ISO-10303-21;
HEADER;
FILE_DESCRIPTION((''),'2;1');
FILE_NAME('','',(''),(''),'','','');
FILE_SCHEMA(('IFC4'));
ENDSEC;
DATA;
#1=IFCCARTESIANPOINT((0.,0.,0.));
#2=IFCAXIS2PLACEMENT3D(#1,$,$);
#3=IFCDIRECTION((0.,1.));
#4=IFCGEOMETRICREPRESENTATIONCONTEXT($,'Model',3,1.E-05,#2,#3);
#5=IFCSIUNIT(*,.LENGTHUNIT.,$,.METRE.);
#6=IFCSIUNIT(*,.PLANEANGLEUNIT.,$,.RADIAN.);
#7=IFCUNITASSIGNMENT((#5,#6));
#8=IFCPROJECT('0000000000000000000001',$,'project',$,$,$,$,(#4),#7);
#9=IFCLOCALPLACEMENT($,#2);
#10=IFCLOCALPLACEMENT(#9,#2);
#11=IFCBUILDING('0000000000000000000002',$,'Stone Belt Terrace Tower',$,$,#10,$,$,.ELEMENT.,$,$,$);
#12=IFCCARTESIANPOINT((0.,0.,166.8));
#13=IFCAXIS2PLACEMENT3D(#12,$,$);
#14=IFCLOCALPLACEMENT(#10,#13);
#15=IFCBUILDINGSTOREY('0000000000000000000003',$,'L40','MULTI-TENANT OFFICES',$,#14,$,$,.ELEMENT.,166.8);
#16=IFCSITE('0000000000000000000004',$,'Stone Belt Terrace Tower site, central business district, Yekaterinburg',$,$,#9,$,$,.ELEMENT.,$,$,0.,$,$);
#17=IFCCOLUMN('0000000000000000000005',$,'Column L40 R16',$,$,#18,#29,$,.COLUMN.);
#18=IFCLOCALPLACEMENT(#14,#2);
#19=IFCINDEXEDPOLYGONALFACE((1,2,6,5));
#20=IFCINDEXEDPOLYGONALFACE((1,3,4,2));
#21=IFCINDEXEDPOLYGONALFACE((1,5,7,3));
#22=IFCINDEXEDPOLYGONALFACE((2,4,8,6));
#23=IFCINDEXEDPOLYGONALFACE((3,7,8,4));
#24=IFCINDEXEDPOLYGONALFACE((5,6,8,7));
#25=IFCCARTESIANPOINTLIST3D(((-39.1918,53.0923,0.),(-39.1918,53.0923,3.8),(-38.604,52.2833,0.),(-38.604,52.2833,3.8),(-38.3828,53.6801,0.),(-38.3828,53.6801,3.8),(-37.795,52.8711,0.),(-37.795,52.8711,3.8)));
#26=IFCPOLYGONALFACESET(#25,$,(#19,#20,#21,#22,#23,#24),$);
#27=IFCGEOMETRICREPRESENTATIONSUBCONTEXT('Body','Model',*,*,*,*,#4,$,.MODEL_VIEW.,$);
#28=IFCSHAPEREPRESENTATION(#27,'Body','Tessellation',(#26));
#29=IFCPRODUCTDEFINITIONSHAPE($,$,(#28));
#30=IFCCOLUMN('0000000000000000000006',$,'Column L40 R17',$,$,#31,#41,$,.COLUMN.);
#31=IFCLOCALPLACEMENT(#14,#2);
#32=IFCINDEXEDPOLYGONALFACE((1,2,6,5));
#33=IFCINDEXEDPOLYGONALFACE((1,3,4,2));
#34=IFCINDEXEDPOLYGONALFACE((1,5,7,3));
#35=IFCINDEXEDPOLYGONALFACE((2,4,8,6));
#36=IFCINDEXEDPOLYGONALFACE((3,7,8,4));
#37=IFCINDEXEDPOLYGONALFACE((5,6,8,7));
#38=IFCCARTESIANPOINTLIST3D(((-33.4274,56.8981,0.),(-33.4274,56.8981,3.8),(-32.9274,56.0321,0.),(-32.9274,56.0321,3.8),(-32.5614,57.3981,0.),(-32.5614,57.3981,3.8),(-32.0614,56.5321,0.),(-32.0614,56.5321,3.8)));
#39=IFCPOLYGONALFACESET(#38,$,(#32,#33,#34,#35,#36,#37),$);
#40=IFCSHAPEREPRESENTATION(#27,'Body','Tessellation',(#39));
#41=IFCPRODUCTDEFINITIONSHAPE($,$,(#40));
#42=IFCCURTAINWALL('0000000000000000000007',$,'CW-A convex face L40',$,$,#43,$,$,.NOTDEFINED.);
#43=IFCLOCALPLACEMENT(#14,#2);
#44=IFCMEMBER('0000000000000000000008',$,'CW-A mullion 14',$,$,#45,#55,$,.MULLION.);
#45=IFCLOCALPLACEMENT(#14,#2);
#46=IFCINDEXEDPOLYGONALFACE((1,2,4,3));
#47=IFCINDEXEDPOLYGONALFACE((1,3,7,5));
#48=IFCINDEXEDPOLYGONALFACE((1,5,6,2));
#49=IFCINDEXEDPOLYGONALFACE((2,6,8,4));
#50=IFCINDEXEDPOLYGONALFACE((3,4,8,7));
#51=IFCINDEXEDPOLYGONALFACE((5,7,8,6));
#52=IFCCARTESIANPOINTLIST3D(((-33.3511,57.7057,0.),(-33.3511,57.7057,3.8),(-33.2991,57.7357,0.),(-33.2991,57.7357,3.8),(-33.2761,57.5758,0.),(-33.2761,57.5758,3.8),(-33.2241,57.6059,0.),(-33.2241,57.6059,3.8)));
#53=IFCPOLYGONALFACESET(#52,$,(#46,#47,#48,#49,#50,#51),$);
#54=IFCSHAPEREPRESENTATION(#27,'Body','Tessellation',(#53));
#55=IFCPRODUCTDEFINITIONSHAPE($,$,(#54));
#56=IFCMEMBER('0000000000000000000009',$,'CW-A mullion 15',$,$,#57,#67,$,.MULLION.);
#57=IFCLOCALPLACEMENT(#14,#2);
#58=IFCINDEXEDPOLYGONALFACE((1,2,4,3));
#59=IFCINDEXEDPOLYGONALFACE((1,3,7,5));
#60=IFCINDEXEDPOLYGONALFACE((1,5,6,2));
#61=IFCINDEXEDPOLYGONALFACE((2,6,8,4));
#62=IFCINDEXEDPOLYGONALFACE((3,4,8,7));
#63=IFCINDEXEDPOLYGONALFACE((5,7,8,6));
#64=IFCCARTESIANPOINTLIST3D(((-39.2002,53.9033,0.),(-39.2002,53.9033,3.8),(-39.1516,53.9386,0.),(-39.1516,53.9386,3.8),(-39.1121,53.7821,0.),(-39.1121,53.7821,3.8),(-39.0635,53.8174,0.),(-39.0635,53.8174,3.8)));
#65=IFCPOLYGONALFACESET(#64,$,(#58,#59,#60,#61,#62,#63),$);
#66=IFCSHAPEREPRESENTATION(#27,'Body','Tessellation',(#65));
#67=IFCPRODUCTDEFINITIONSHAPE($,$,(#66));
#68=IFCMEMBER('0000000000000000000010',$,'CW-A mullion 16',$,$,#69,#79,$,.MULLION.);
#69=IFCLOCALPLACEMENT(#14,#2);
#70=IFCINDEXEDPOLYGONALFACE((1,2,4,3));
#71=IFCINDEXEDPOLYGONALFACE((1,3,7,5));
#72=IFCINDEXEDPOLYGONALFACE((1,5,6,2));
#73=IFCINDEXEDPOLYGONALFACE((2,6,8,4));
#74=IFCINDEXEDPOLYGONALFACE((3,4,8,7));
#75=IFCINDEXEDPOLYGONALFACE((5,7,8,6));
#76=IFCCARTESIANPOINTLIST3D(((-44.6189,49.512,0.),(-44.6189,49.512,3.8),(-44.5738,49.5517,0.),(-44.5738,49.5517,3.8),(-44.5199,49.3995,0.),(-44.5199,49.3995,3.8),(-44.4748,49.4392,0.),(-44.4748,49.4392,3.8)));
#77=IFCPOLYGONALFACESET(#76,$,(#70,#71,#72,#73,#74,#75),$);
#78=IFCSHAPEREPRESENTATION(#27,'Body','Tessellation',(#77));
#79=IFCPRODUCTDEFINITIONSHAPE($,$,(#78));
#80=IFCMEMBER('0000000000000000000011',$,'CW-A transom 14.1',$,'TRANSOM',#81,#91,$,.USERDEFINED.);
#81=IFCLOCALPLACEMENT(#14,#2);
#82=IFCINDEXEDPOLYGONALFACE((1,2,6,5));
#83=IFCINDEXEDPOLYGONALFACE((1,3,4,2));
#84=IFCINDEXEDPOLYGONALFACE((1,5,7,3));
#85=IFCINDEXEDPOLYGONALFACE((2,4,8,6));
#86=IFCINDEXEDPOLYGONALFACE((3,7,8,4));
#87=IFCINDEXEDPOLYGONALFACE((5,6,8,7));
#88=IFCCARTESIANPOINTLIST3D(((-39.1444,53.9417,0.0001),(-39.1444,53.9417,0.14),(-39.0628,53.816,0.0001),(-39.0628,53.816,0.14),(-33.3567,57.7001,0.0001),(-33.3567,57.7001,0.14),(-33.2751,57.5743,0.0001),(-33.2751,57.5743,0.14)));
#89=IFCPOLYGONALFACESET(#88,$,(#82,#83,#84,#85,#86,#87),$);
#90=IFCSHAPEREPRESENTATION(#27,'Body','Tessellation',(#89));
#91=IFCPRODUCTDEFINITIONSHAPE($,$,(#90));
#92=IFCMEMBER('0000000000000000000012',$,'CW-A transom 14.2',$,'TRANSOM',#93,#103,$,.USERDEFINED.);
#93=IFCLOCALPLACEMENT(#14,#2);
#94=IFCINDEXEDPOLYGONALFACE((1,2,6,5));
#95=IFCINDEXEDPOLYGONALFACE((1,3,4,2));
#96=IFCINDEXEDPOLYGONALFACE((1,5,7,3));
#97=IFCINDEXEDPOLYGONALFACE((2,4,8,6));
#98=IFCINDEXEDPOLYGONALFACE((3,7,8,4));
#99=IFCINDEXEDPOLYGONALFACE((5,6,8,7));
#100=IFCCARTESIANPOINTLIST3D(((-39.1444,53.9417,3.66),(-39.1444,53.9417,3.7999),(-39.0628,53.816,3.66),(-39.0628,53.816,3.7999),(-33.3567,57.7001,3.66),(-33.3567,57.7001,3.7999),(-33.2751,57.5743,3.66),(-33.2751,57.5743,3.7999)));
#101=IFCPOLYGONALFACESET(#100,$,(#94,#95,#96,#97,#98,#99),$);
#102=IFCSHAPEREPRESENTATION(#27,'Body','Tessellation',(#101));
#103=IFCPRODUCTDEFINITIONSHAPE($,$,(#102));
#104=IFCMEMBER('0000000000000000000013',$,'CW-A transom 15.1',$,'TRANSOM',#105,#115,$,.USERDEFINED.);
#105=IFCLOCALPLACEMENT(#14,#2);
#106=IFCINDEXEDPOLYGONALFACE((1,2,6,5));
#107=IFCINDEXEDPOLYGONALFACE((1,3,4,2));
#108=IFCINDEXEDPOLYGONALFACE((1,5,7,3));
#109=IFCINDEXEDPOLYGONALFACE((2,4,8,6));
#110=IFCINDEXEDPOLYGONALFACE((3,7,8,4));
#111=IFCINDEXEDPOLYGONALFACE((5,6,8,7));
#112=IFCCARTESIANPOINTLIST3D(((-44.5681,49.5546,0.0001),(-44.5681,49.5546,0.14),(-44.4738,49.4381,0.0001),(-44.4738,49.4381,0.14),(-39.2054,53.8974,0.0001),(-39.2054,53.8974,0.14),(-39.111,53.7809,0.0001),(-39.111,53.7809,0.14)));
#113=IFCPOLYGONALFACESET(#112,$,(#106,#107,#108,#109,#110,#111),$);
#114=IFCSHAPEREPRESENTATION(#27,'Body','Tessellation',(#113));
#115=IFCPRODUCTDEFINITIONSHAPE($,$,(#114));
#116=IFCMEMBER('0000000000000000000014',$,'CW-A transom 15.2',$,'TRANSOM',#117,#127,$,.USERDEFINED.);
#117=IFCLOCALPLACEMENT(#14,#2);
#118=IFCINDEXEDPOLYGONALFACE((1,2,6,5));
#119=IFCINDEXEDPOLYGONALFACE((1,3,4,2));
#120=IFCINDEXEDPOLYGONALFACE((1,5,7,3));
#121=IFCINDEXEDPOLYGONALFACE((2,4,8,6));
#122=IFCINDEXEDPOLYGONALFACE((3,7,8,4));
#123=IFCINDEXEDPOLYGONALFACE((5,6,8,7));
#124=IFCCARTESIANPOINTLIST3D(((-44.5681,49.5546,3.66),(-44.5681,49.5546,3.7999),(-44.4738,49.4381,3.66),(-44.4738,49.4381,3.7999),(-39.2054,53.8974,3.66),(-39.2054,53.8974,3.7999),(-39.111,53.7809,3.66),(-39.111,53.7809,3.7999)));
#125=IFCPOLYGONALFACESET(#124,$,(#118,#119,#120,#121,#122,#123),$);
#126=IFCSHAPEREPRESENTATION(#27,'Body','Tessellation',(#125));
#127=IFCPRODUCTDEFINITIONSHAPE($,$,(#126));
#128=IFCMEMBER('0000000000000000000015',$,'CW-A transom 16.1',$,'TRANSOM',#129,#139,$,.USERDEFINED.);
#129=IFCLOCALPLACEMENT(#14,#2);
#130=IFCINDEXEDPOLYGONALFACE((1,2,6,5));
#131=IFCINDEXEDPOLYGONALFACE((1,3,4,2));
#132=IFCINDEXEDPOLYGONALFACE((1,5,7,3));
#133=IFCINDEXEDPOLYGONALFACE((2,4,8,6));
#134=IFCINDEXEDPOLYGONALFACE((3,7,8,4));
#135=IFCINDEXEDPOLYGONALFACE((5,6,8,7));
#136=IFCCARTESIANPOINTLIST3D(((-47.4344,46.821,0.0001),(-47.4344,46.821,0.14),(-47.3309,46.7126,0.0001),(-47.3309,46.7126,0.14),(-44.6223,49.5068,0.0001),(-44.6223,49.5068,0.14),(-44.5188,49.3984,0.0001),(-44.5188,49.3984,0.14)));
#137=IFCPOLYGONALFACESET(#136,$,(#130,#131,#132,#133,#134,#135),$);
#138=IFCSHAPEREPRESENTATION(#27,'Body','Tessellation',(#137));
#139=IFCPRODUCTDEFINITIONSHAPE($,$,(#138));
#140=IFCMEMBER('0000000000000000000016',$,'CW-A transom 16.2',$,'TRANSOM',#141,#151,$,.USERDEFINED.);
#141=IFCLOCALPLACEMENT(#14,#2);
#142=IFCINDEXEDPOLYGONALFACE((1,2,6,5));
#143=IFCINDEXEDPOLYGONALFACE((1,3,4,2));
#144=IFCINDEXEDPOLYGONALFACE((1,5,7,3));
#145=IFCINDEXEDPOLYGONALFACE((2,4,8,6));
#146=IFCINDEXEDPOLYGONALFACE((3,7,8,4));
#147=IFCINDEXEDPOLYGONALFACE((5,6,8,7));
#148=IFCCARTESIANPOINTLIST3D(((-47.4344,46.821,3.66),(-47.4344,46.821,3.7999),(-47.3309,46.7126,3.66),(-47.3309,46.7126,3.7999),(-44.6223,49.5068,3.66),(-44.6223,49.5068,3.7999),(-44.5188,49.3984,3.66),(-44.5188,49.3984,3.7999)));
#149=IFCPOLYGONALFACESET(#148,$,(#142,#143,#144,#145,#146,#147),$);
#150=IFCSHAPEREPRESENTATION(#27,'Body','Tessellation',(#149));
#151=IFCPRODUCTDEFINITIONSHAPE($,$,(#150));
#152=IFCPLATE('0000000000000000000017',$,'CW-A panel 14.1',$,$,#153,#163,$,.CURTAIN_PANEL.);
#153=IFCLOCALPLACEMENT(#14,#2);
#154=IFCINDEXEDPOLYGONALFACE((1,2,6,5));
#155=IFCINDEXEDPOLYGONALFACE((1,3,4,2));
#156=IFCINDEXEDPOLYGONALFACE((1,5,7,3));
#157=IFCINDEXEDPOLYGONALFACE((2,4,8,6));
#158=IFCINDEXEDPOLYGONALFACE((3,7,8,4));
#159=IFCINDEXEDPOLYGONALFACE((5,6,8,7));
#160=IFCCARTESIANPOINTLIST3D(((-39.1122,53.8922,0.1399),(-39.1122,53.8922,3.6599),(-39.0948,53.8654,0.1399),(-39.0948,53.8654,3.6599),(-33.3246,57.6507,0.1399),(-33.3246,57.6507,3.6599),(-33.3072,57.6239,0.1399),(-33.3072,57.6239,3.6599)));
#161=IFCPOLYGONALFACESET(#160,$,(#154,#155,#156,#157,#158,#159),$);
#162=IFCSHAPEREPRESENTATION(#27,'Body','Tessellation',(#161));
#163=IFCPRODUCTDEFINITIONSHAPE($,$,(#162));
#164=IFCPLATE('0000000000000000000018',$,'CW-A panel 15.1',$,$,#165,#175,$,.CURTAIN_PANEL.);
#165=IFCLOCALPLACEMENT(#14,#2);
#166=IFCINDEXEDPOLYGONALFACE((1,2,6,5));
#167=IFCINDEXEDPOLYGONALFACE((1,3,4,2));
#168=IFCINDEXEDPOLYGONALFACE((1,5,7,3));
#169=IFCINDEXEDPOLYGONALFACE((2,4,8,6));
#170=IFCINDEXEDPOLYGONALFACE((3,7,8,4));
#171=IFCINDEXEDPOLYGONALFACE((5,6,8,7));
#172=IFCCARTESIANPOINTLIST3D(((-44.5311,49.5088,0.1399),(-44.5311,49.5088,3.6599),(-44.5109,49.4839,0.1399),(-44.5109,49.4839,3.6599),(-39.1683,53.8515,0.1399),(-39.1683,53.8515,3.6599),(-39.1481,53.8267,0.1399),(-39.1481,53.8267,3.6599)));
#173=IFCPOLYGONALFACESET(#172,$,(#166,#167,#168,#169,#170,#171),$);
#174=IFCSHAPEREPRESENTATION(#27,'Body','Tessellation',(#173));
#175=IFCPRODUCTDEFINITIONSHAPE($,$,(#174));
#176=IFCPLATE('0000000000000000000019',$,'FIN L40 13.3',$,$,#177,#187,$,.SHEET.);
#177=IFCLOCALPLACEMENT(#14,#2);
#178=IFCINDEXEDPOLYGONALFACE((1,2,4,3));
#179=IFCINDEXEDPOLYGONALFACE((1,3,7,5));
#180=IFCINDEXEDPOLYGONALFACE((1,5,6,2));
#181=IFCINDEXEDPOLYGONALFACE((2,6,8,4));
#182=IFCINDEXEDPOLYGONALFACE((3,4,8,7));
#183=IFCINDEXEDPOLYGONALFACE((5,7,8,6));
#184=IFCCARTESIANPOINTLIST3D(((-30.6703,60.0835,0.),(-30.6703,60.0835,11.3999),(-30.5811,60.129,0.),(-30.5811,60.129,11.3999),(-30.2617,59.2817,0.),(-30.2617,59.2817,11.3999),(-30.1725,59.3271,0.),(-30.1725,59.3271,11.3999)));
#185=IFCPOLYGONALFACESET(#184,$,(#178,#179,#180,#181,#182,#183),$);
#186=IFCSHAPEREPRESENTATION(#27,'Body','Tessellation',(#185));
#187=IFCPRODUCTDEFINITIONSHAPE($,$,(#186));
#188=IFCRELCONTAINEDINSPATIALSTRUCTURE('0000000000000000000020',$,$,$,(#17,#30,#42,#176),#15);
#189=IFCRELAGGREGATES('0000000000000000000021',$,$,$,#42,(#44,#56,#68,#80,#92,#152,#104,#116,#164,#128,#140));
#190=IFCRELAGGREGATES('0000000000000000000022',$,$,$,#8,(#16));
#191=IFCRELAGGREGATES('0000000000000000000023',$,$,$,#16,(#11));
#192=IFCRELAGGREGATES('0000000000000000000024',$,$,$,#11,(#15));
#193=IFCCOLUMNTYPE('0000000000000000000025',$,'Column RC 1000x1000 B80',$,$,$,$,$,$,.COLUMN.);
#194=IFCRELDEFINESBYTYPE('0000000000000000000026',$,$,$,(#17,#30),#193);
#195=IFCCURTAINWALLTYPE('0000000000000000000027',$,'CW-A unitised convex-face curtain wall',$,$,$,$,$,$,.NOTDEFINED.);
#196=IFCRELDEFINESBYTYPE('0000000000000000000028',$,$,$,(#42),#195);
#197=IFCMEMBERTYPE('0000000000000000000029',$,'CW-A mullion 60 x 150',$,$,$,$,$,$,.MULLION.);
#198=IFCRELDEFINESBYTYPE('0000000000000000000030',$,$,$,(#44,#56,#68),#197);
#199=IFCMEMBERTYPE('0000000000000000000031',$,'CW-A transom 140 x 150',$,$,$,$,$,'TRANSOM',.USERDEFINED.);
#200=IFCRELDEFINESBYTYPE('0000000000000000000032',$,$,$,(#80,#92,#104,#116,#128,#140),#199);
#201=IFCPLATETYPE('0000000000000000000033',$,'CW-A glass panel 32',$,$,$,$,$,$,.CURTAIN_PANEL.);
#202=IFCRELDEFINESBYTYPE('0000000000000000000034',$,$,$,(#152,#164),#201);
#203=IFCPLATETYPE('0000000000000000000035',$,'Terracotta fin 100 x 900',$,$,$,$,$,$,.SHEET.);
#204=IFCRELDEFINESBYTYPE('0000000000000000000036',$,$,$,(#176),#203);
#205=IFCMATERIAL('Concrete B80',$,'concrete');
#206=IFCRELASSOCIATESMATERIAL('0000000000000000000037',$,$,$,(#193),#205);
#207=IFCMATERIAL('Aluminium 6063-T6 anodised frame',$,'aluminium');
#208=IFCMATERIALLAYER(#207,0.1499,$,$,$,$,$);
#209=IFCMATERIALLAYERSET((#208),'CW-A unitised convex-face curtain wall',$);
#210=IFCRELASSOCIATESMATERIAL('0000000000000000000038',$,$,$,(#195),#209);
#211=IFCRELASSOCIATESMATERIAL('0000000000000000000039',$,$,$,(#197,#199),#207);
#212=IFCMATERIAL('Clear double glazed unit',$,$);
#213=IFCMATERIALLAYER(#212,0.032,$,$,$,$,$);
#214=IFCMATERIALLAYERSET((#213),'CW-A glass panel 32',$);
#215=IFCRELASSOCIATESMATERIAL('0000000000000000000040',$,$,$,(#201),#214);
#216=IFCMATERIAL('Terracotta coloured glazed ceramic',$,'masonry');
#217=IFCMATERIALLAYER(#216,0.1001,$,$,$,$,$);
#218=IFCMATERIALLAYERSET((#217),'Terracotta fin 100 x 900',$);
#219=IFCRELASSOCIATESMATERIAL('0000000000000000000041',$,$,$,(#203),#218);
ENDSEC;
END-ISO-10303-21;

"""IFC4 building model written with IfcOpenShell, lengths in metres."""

from ifc_helpers import new_model, si_unit, direction, frame, origin, origin_2d, place, context, subcontext, project, spatial, rectangle, extrude, material, layer, layer_set, material_profile, profile_set, type_object, element, aggregate, save


model = new_model("IFC4")

# Units and contexts
model_context = context("Model", 3, precision=1e-05, world=origin(), true_north=direction((0.0, 1.0)))
body_context = subcontext(model_context, "Body", "Model", "MODEL_VIEW")
ifc_project = project(units=[si_unit("LENGTHUNIT", "METRE"), si_unit("PLANEANGLEUNIT", "RADIAN")], contexts=[model_context])

# Site, building, storey
site_placement = place(None, origin())
site = spatial("IfcSite", under=ifc_project, at=site_placement, Name="Stone Belt Terrace Tower site, central business district, Yekaterinburg", CompositionType="ELEMENT", RefElevation=0.0)
building_placement = place(site_placement, origin())
building = spatial("IfcBuilding", under=site, at=building_placement, Name="Stone Belt Terrace Tower", CompositionType="ELEMENT")
storey_placement = place(building_placement, frame((0.0, 0.0, 166.8)))
storey = spatial("IfcBuildingStorey", under=building, at=storey_placement, Name="L40", Description="MULTI-TENANT OFFICES", CompositionType="ELEMENT", Elevation=166.8)

# Columns
ifc_material_1 = material(Name="Concrete B80", Category="concrete")
ifc_material_profile_1 = material_profile(ifc_material_1, rectangle(XDim=1.0, YDim=1.0, at=origin_2d()), Name="RC 1000x1000")
ifc_profile_set_1 = profile_set([ifc_material_profile_1], Name="Concrete B80")
column_type = type_object("IfcColumnType", Name="Column RC 1000x1000 B80", PredefinedType="COLUMN", material=ifc_profile_set_1)
for number, where, z_axis, x_axis, name in (
    (1, (-38.4934, 52.9817, 0.0), (0.0, 0.0, 1.0), (0.809017, 0.587785, 0.0), "Column L40 R16"),
    (2, (-32.7444, 56.7151, 0.0), (0.0, 0.0, 1.0), (0.866025, 0.5, 0.0), "Column L40 R17"),
):
    element("IfcColumn", number, at=place(storey_placement, frame(where, z_axis=z_axis, x_axis=x_axis)), inside=storey, type_object=column_type, Name=name, PredefinedType="COLUMN", context=body_context, shape_type="SweptSolid", body=[
        extrude(rectangle(XDim=1.0, YDim=1.0, at=origin_2d()), origin(), (0.0, 0.0, 1.0), 3.8),
    ])

# Curtain wall, members, plates
ifc_material_2 = material(Name="Aluminium 6063-T6 anodised frame", Category="aluminium")
ifc_layer_1 = layer(ifc_material_2, 0.1499)
ifc_layer_set_1 = layer_set([ifc_layer_1], Name="CW-A unitised convex-face curtain wall")
curtain_wall_type = type_object("IfcCurtainWallType", Name="CW-A unitised convex-face curtain wall", PredefinedType="NOTDEFINED", material=ifc_layer_set_1)
curtain_wall_placement = place(storey_placement, origin())
curtain_wall = element("IfcCurtainWall", 3, at=curtain_wall_placement, inside=storey, type_object=curtain_wall_type, Name="CW-A convex face L40", PredefinedType="NOTDEFINED")
ifc_material_profile_2 = material_profile(ifc_material_2, rectangle(XDim=0.1499, YDim=0.0601, at=origin_2d()), Name="Aluminium 6063-T6 60x150")
ifc_profile_set_2 = profile_set([ifc_material_profile_2], Name="Aluminium 6063-T6 anodised frame")
member_type_1 = type_object("IfcMemberType", Name="CW-A mullion 60 x 150", PredefinedType="MULLION", material=ifc_profile_set_2)
member_1_placement = place(storey_placement, frame((-33.2876, 57.6558, 0.0), z_axis=(0.0, 0.0, 1.0), x_axis=(0.5, -0.866025, 0.0)))
member_1 = element("IfcMember", 4, at=member_1_placement, type_object=member_type_1, Name="CW-A mullion 14", PredefinedType="MULLION", context=body_context, shape_type="SweptSolid", body=[
    extrude(rectangle(XDim=0.1499, YDim=0.0601, at=origin_2d()), origin(), (0.0, 0.0, 1.0), 3.8),
])
member_2_placement = place(storey_placement, frame((-39.1318, 53.8604, 0.0), z_axis=(0.0, 0.0, 1.0), x_axis=(0.587785, -0.809017, 0.0)))
member_2 = element("IfcMember", 5, at=member_2_placement, type_object=member_type_1, Name="CW-A mullion 15", PredefinedType="MULLION", context=body_context, shape_type="SweptSolid", body=[
    extrude(rectangle(XDim=0.1499, YDim=0.0601, at=origin_2d()), origin(), (0.0, 0.0, 1.0), 3.8),
])
member_3_placement = place(storey_placement, frame((-44.5469, 49.4756, 0.0), z_axis=(0.0, 0.0, 1.0), x_axis=(0.660573, -0.750761, 0.0)))
member_3 = element("IfcMember", 6, at=member_3_placement, type_object=member_type_1, Name="CW-A mullion 16", PredefinedType="MULLION", context=body_context, shape_type="SweptSolid", body=[
    extrude(rectangle(XDim=0.1499, YDim=0.0601, at=origin_2d()), origin(), (0.0, 0.0, 1.0), 3.8),
])
ifc_material_profile_3 = material_profile(ifc_material_2, rectangle(XDim=0.1499, YDim=0.1399, at=origin_2d()), Name="Aluminium 6063-T6 150x140")
ifc_profile_set_3 = profile_set([ifc_material_profile_3], Name="Aluminium 6063-T6 anodised frame")
member_type_2 = type_object("IfcMemberType", Name="CW-A transom 140 x 150", ElementType="TRANSOM", PredefinedType="USERDEFINED", material=ifc_profile_set_3)
member_4_placement = place(storey_placement, frame((-33.3159, 57.6372, 0.0701), z_axis=(-0.838684, -0.544618, 0.0), x_axis=(0.544618, -0.838684, 0.0)))
member_4 = element("IfcMember", 7, at=member_4_placement, type_object=member_type_2, Name="CW-A transom 14.1", ObjectType="TRANSOM", PredefinedType="USERDEFINED", context=body_context, shape_type="SweptSolid", body=[
    extrude(rectangle(XDim=0.1499, YDim=0.1399, at=origin_2d()), origin(), (0.0, 0.0, 1.0), 6.9009),
])
member_5_placement = place(storey_placement, frame((-33.3159, 57.6372, 3.73), z_axis=(-0.838684, -0.544618, 0.0), x_axis=(0.544618, -0.838684, 0.0)))
member_5 = element("IfcMember", 8, at=member_5_placement, type_object=member_type_2, Name="CW-A transom 14.2", ObjectType="TRANSOM", PredefinedType="USERDEFINED", context=body_context, shape_type="SweptSolid", body=[
    extrude(rectangle(XDim=0.1499, YDim=0.1399, at=origin_2d()), origin(), (0.0, 0.0, 1.0), 6.9009),
])
member_6_placement = place(storey_placement, frame((-39.1582, 53.8391, 0.0701), z_axis=(-0.777141, -0.629326, 0.0), x_axis=(0.629326, -0.777141, 0.0)))
member_6 = element("IfcMember", 9, at=member_6_placement, type_object=member_type_2, Name="CW-A transom 15.1", ObjectType="TRANSOM", PredefinedType="USERDEFINED", context=body_context, shape_type="SweptSolid", body=[
    extrude(rectangle(XDim=0.1499, YDim=0.1399, at=origin_2d()), origin(), (0.0, 0.0, 1.0), 6.9006),
])
member_7_placement = place(storey_placement, frame((-39.1582, 53.8391, 3.73), z_axis=(-0.777141, -0.629326, 0.0), x_axis=(0.629326, -0.777141, 0.0)))
member_7 = element("IfcMember", 10, at=member_7_placement, type_object=member_type_2, Name="CW-A transom 15.2", ObjectType="TRANSOM", PredefinedType="USERDEFINED", context=body_context, shape_type="SweptSolid", body=[
    extrude(rectangle(XDim=0.1499, YDim=0.1399, at=origin_2d()), origin(), (0.0, 0.0, 1.0), 6.9006),
])
member_8_placement = place(storey_placement, frame((-44.5706, 49.4526, 0.0701), z_axis=(-0.72315, -0.690691, 0.0), x_axis=(0.690691, -0.72315, 0.0)))
member_8 = element("IfcMember", 11, at=member_8_placement, type_object=member_type_2, Name="CW-A transom 16.1", ObjectType="TRANSOM", PredefinedType="USERDEFINED", context=body_context, shape_type="SweptSolid", body=[
    extrude(rectangle(XDim=0.1499, YDim=0.1399, at=origin_2d()), origin(), (0.0, 0.0, 1.0), 3.8887),
])
member_9_placement = place(storey_placement, frame((-44.5706, 49.4526, 3.73), z_axis=(-0.72315, -0.690691, 0.0), x_axis=(0.690691, -0.72315, 0.0)))
member_9 = element("IfcMember", 12, at=member_9_placement, type_object=member_type_2, Name="CW-A transom 16.2", ObjectType="TRANSOM", PredefinedType="USERDEFINED", context=body_context, shape_type="SweptSolid", body=[
    extrude(rectangle(XDim=0.1499, YDim=0.1399, at=origin_2d()), origin(), (0.0, 0.0, 1.0), 3.8887),
])
ifc_material_3 = material(Name="Clear double glazed unit")
ifc_layer_2 = layer(ifc_material_3, 0.032)
ifc_layer_set_2 = layer_set([ifc_layer_2], Name="CW-A glass panel 32")
plate_type_1 = type_object("IfcPlateType", Name="CW-A glass panel 32", PredefinedType="CURTAIN_PANEL", material=ifc_layer_set_2)
plate_1_placement = place(storey_placement, frame((-36.2097, 55.7581, 0.1399), z_axis=(0.0, 0.0, 1.0), x_axis=(-0.838671, -0.544639, 0.0)))
plate_1 = element("IfcPlate", 13, at=plate_1_placement, type_object=plate_type_1, Name="CW-A panel 14.1", PredefinedType="CURTAIN_PANEL", context=body_context, shape_type="SweptSolid", body=[
    extrude(rectangle(XDim=6.9009, YDim=0.032, at=origin_2d()), origin(), (0.0, 0.0, 1.0), 3.52),
])
plate_2_placement = place(storey_placement, frame((-41.8396, 51.6677, 0.1399), z_axis=(0.0, 0.0, 1.0), x_axis=(-0.777146, -0.62932, 0.0)))
plate_2 = element("IfcPlate", 14, at=plate_2_placement, type_object=plate_type_1, Name="CW-A panel 15.1", PredefinedType="CURTAIN_PANEL", context=body_context, shape_type="SweptSolid", body=[
    extrude(rectangle(XDim=6.9006, YDim=0.032, at=origin_2d()), origin(), (0.0, 0.0, 1.0), 3.52),
])
aggregate(curtain_wall, [member_1, member_2, member_3, member_4, member_5, plate_1, member_6, member_7, plate_2, member_8, member_9])

# Plate
ifc_material_4 = material(Name="Terracotta coloured glazed ceramic", Category="masonry")
ifc_layer_3 = layer(ifc_material_4, 0.1001)
ifc_layer_set_3 = layer_set([ifc_layer_3], Name="Terracotta fin 100 x 900")
plate_type_2 = type_object("IfcPlateType", Name="Terracotta fin 100 x 900", PredefinedType="SHEET", material=ifc_layer_set_3)
for number, where, z_axis, x_axis, name in (
    (15, (-30.4214, 59.7053, 0.0), (0.0, 0.0, 1.0), (-0.45399, 0.891007, 0.0), "FIN L40 13.3"),
):
    element("IfcPlate", number, at=place(storey_placement, frame(where, z_axis=z_axis, x_axis=x_axis)), inside=storey, type_object=plate_type_2, Name=name, PredefinedType="SHEET", context=body_context, shape_type="SweptSolid", body=[
        extrude(rectangle(XDim=0.8999, YDim=0.1001, at=origin_2d()), origin(), (0.0, 0.0, 1.0), 11.3999),
    ])

save(model, "model.ifc")
